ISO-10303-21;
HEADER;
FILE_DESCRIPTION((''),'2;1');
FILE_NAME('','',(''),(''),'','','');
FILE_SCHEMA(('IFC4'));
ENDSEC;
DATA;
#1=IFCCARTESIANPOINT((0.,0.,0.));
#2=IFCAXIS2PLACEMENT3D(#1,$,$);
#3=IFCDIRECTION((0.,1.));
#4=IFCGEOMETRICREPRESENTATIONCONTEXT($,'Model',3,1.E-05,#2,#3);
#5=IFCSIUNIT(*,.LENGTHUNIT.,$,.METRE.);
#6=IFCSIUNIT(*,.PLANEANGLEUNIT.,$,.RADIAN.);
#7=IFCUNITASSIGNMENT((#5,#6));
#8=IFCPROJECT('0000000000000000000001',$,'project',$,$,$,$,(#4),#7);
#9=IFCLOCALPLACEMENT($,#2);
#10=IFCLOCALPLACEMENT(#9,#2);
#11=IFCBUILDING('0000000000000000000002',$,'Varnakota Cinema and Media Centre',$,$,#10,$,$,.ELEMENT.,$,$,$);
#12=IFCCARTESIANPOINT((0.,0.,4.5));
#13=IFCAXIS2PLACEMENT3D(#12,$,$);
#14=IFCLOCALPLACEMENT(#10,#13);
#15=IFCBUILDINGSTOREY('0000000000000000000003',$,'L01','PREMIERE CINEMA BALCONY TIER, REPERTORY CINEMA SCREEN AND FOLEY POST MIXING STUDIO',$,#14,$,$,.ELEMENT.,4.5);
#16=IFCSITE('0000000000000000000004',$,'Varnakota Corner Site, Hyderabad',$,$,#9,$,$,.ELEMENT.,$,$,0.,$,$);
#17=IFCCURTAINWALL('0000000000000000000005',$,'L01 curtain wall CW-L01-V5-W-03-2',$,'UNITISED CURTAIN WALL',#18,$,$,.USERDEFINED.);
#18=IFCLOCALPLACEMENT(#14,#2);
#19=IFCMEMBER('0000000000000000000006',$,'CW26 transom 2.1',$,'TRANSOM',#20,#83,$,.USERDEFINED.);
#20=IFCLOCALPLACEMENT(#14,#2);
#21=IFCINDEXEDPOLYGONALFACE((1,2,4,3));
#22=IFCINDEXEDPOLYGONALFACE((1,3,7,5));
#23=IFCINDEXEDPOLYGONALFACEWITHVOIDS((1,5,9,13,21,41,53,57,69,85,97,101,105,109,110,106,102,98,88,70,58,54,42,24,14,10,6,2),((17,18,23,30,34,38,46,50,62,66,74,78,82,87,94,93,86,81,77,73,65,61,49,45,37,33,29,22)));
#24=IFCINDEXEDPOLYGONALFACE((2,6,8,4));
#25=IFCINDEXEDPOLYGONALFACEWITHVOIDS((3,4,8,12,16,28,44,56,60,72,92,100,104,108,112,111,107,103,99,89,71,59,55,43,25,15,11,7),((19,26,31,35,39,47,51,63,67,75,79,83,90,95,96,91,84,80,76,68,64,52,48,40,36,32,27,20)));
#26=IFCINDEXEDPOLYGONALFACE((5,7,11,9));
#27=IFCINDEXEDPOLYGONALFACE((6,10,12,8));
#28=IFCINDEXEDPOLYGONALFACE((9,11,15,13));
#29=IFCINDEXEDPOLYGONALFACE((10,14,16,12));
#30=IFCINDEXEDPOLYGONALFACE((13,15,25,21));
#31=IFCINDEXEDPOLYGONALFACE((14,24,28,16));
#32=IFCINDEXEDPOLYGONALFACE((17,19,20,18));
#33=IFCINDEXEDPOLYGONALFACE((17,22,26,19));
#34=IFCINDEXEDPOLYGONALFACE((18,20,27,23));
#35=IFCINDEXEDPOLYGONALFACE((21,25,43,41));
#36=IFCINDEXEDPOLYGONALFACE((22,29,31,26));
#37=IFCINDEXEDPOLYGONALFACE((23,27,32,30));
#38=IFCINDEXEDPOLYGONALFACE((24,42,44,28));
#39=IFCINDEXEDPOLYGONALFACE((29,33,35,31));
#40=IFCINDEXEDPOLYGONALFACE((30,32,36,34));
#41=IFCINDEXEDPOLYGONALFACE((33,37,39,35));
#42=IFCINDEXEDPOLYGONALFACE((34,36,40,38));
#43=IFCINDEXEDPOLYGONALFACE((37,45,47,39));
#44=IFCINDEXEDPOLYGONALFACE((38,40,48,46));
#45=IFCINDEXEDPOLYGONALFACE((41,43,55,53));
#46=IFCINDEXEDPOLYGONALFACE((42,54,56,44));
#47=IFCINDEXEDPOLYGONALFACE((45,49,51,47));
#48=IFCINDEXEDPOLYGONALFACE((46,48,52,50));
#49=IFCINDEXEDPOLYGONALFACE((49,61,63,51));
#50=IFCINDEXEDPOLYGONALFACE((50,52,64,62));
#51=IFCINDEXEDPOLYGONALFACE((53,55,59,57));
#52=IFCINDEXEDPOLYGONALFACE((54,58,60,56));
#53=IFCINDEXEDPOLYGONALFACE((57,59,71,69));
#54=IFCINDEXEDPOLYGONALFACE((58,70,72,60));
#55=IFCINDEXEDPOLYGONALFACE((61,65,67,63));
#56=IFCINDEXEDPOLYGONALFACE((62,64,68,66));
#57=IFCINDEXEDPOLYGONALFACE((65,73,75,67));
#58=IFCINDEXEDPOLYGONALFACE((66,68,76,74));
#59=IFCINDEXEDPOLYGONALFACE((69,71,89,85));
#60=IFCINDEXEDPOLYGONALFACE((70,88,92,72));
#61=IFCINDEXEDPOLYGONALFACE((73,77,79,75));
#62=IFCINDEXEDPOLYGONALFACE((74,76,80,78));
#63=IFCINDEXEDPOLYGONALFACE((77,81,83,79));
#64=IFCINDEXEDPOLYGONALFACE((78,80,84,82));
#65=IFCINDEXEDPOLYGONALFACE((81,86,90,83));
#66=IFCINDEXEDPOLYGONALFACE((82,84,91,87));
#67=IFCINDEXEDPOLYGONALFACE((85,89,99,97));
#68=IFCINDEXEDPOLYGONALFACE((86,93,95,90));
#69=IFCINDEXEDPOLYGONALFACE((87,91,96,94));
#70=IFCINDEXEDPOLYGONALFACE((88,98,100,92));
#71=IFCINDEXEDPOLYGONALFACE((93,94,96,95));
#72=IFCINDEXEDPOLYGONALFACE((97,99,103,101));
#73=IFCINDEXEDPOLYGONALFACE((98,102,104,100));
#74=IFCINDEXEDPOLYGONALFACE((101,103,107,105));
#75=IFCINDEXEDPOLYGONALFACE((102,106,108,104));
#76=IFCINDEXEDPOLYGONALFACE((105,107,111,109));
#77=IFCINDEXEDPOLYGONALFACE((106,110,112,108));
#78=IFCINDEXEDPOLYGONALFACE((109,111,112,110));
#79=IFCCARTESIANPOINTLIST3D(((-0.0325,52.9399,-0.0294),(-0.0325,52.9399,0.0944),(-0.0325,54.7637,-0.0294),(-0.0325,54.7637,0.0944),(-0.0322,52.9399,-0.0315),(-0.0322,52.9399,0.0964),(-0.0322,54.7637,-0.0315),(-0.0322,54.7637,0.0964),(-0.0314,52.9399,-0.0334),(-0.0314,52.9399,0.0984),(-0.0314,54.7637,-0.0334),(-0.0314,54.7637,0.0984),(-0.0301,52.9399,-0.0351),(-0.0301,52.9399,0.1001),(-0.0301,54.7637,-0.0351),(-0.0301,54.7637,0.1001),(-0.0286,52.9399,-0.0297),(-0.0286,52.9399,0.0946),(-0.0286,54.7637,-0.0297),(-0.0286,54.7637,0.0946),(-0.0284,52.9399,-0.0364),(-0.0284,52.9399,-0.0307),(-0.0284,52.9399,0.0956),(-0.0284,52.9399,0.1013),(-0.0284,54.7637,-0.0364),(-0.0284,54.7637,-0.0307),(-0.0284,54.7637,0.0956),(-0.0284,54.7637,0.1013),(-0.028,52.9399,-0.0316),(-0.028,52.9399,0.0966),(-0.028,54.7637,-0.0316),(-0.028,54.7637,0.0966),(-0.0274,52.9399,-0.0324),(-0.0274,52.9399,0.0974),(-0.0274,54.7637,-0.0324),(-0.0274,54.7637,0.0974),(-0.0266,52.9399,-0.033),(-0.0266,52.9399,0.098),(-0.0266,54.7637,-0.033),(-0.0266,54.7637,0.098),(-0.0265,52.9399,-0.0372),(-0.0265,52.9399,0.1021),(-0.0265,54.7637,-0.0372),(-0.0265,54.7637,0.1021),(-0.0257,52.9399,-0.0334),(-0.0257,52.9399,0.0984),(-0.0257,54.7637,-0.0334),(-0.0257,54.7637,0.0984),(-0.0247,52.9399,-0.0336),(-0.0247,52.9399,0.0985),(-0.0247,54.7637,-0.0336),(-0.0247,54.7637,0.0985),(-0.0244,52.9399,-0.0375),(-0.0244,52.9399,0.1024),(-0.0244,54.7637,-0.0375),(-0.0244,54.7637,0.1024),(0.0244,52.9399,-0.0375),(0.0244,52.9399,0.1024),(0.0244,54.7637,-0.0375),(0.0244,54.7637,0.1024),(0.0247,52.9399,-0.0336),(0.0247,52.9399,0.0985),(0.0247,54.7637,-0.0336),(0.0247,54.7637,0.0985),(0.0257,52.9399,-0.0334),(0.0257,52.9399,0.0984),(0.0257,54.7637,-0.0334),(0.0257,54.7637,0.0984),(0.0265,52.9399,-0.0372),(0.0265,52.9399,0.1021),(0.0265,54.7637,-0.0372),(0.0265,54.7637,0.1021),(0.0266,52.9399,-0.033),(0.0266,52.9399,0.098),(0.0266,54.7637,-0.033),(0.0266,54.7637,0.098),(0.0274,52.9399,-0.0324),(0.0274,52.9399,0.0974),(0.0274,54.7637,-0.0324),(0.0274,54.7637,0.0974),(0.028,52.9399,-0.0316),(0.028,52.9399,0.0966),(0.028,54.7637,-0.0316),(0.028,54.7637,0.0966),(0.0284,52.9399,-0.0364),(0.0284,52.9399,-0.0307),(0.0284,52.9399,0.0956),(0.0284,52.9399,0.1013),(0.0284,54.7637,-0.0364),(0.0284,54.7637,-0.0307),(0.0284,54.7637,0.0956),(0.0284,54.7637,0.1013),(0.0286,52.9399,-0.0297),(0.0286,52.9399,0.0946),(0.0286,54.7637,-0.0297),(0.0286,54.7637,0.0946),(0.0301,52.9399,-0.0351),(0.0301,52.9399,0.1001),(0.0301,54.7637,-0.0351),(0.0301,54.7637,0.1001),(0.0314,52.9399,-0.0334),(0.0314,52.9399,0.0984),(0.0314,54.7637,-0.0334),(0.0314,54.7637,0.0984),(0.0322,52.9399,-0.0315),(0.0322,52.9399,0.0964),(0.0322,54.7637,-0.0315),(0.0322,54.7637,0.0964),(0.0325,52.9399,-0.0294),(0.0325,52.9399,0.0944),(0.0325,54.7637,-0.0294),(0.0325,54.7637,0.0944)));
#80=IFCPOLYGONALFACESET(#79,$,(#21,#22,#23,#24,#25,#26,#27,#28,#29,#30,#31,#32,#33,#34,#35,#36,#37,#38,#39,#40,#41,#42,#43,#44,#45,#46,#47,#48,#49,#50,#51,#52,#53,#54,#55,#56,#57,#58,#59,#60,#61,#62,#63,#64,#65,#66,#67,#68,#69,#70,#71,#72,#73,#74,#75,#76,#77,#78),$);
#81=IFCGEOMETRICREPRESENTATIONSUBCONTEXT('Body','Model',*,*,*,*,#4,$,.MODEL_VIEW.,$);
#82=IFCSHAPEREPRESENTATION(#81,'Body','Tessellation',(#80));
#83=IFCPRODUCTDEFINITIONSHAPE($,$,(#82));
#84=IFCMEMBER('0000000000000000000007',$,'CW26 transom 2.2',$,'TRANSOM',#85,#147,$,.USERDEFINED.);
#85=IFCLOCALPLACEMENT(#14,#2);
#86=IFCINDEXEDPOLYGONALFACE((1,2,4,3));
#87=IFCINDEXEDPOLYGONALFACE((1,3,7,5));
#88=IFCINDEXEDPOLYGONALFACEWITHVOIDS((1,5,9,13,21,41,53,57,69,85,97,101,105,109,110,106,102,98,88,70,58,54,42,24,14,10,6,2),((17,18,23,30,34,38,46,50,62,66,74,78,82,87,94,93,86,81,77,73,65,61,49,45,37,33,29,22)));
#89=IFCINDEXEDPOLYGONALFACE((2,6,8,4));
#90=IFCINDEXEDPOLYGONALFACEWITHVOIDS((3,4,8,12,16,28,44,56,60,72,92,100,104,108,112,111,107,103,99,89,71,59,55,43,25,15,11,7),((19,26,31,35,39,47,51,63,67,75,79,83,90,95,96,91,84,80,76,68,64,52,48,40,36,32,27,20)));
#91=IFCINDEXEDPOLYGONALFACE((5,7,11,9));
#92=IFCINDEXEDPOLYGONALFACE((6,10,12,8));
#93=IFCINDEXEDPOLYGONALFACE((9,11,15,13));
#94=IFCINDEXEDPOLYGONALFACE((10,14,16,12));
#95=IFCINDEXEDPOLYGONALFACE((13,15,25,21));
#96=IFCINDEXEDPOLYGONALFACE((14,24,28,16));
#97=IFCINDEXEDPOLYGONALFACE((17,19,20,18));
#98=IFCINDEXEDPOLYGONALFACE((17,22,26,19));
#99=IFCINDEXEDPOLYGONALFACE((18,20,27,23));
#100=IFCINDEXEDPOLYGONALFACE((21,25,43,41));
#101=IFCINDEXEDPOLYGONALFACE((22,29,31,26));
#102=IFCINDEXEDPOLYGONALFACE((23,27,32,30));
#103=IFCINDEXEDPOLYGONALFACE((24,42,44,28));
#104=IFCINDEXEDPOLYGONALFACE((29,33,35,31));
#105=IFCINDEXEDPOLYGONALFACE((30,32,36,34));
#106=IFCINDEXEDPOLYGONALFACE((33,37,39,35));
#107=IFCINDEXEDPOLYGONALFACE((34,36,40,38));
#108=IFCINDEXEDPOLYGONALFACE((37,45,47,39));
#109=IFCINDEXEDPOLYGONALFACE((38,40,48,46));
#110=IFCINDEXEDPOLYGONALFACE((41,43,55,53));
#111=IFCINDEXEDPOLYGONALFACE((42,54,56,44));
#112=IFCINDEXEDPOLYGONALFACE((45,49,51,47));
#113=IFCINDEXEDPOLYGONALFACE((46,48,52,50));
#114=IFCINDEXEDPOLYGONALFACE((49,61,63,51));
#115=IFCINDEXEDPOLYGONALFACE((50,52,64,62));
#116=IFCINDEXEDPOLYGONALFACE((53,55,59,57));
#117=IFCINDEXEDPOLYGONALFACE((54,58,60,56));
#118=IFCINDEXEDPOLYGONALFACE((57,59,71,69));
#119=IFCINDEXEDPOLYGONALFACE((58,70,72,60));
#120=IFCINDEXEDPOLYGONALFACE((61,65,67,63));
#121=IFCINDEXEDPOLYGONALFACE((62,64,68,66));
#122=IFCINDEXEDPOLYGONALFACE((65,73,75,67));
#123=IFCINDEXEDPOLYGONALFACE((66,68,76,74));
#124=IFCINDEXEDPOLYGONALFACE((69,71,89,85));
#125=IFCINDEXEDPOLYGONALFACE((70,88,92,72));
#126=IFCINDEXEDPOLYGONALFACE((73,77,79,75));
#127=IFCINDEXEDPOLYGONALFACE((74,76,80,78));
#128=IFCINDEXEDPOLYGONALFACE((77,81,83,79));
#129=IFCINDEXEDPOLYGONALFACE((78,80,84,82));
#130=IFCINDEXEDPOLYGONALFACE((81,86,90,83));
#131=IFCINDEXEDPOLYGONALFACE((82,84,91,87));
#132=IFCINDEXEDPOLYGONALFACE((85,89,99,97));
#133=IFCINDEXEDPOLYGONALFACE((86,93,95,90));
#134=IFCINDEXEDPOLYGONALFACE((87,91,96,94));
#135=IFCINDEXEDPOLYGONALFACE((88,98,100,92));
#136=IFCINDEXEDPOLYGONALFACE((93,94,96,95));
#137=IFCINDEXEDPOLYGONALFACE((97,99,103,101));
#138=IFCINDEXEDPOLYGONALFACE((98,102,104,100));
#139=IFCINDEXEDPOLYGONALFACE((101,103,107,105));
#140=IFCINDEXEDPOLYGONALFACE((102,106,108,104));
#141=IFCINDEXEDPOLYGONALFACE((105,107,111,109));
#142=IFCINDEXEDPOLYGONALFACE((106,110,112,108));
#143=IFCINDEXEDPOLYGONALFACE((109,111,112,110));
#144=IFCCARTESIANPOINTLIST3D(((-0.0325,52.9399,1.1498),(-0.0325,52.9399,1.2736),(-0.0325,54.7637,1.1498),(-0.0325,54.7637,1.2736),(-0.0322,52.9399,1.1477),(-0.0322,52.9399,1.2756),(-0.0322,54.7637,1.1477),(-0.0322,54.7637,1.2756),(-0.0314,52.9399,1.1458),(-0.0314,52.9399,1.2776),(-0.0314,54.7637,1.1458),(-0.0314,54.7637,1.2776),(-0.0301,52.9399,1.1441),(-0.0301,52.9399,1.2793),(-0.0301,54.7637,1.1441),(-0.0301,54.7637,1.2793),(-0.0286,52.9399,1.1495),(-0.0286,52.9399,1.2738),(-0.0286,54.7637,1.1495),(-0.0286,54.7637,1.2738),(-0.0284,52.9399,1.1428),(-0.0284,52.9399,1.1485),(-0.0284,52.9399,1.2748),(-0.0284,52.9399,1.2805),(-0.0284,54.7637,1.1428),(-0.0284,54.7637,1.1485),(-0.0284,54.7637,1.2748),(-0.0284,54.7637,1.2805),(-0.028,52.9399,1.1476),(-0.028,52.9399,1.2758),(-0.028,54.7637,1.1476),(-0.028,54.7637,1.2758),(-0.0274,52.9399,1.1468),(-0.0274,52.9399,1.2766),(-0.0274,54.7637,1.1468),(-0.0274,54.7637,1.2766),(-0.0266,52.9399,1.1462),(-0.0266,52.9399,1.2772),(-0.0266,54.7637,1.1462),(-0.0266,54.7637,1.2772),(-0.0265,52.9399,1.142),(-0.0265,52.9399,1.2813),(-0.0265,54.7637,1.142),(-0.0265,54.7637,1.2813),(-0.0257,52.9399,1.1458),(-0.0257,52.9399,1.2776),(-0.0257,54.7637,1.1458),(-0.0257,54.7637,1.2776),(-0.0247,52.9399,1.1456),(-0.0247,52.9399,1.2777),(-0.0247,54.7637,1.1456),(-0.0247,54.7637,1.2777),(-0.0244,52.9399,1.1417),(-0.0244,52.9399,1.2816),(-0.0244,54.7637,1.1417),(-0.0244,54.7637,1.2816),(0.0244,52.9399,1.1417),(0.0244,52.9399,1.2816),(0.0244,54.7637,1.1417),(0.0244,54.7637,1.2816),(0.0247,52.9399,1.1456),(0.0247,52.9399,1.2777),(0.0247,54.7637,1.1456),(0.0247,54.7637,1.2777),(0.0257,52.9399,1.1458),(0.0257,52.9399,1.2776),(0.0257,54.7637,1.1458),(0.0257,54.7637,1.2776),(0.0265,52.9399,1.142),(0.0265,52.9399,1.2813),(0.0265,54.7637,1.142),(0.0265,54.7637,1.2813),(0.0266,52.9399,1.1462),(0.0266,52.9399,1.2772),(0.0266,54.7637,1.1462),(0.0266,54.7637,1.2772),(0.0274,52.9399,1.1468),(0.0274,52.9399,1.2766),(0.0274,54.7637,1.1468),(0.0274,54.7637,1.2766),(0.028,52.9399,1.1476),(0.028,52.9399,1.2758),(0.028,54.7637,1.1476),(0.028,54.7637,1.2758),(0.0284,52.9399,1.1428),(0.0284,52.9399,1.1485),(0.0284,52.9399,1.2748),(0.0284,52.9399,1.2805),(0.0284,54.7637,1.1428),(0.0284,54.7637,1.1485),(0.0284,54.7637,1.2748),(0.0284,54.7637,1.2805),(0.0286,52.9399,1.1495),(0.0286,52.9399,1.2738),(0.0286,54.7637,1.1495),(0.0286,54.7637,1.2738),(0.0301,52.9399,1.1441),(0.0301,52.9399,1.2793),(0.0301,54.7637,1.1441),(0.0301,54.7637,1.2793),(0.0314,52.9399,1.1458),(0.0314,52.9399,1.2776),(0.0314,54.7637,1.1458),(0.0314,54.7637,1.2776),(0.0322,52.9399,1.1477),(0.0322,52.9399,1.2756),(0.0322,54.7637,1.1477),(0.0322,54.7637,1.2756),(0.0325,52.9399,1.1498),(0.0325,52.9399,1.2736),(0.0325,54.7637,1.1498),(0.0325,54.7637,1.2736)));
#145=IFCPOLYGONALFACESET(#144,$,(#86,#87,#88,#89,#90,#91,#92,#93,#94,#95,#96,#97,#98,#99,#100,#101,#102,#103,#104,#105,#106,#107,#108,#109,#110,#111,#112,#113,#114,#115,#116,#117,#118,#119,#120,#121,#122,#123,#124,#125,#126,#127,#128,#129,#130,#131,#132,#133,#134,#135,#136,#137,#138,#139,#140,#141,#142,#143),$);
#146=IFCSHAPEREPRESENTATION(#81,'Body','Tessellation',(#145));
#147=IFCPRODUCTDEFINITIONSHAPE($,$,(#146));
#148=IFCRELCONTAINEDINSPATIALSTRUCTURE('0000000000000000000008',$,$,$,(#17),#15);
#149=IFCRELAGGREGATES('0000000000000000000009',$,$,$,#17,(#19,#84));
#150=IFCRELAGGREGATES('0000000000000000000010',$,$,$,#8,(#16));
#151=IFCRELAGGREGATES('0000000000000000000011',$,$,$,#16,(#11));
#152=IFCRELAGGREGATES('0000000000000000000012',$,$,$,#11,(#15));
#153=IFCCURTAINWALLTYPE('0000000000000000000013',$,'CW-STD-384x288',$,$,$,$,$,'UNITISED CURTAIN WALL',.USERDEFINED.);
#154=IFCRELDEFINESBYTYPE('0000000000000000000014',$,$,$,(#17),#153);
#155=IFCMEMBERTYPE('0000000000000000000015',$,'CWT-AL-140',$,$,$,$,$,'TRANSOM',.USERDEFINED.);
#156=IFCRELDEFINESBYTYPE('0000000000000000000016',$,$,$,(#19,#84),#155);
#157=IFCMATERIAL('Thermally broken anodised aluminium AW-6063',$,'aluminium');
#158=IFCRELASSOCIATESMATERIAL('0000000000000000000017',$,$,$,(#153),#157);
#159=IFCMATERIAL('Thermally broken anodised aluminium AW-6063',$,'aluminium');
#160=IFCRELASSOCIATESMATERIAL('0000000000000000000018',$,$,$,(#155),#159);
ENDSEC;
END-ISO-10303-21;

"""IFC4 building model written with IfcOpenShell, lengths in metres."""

from ifc_helpers import new_model, si_unit, direction, frame, origin, origin_2d, place, context, subcontext, project, spatial, hollow_rectangle, extrude, material, material_profile, profile_set, type_object, element, aggregate, save


model = new_model("IFC4")

# Units and contexts
model_context = context("Model", 3, precision=1e-05, world=origin(), true_north=direction((0.0, 1.0)))
body_context = subcontext(model_context, "Body", "Model", "MODEL_VIEW")
ifc_project = project(units=[si_unit("LENGTHUNIT", "METRE"), si_unit("PLANEANGLEUNIT", "RADIAN")], contexts=[model_context])

# Site, building, storey
site_placement = place(None, origin())
site = spatial("IfcSite", under=ifc_project, at=site_placement, Name="Varnakota Corner Site, Hyderabad", CompositionType="ELEMENT", RefElevation=0.0)
building_placement = place(site_placement, origin())
building = spatial("IfcBuilding", under=site, at=building_placement, Name="Varnakota Cinema and Media Centre", CompositionType="ELEMENT")
storey_placement = place(building_placement, frame((0.0, 0.0, 4.5)))
storey = spatial("IfcBuildingStorey", under=building, at=storey_placement, Name="L01", Description="PREMIERE CINEMA BALCONY TIER, REPERTORY CINEMA SCREEN AND FOLEY POST MIXING STUDIO", CompositionType="ELEMENT", Elevation=4.5)

# Shared definitions
ifc_material_1 = material(Name="Thermally broken anodised aluminium AW-6063", Category="aluminium")
curtain_wall_type = type_object("IfcCurtainWallType", Name="CW-STD-384x288", ElementType="UNITISED CURTAIN WALL", PredefinedType="USERDEFINED", material=ifc_material_1)

# Curtain wall, members
curtain_wall_1_placement = place(storey_placement, origin())
curtain_wall_1 = element("IfcCurtainWall", 1, at=curtain_wall_1_placement, inside=storey, type_object=curtain_wall_type, Name="L01 curtain wall CW-L01-V5-W-03-2", ObjectType="UNITISED CURTAIN WALL", PredefinedType="USERDEFINED")
ifc_material_2 = material(Name="Thermally broken anodised aluminium AW-6063", Category="aluminium")
ifc_material_profile_1 = material_profile(ifc_material_2, hollow_rectangle(XDim=0.0649, YDim=0.1399, WallThickness=0.0039, InnerFilletRadius=0.0039, OuterFilletRadius=0.0081, at=origin_2d()), Name="AL-TRANSOM 140x65x4")
ifc_profile_set_1 = profile_set([ifc_material_profile_1], Name="Thermally broken anodised aluminium AW-6063")
member_type_1 = type_object("IfcMemberType", Name="CWT-AL-140", ElementType="TRANSOM", PredefinedType="USERDEFINED", material=ifc_profile_set_1)
member_1_placement = place(storey_placement, frame((0.0, 54.7637, 0.0325), z_axis=(0.0, -1.0, 0.0), x_axis=(1.0, 0.0, 0.0)))
member_1 = element("IfcMember", 2, at=member_1_placement, type_object=member_type_1, Name="CW26 transom 2.1", ObjectType="TRANSOM", PredefinedType="USERDEFINED", context=body_context, shape_type="SweptSolid", body=[
    extrude(hollow_rectangle(XDim=0.0649, YDim=0.1399, WallThickness=0.0039, InnerFilletRadius=0.0039, OuterFilletRadius=0.0081, at=origin_2d()), origin(), (0.0, 0.0, 1.0), 1.8237),
])
member_2_placement = place(storey_placement, frame((0.0, 54.7637, 1.2117), z_axis=(0.0, -1.0, 0.0), x_axis=(1.0, 0.0, 0.0)))
member_2 = element("IfcMember", 3, at=member_2_placement, type_object=member_type_1, Name="CW26 transom 2.2", ObjectType="TRANSOM", PredefinedType="USERDEFINED", context=body_context, shape_type="SweptSolid", body=[
    extrude(hollow_rectangle(XDim=0.0649, YDim=0.1399, WallThickness=0.0039, InnerFilletRadius=0.0039, OuterFilletRadius=0.0081, at=origin_2d()), origin(), (0.0, 0.0, 1.0), 1.8237),
])

aggregate(curtain_wall_1, [member_1, member_2])

save(model, "model.ifc")
